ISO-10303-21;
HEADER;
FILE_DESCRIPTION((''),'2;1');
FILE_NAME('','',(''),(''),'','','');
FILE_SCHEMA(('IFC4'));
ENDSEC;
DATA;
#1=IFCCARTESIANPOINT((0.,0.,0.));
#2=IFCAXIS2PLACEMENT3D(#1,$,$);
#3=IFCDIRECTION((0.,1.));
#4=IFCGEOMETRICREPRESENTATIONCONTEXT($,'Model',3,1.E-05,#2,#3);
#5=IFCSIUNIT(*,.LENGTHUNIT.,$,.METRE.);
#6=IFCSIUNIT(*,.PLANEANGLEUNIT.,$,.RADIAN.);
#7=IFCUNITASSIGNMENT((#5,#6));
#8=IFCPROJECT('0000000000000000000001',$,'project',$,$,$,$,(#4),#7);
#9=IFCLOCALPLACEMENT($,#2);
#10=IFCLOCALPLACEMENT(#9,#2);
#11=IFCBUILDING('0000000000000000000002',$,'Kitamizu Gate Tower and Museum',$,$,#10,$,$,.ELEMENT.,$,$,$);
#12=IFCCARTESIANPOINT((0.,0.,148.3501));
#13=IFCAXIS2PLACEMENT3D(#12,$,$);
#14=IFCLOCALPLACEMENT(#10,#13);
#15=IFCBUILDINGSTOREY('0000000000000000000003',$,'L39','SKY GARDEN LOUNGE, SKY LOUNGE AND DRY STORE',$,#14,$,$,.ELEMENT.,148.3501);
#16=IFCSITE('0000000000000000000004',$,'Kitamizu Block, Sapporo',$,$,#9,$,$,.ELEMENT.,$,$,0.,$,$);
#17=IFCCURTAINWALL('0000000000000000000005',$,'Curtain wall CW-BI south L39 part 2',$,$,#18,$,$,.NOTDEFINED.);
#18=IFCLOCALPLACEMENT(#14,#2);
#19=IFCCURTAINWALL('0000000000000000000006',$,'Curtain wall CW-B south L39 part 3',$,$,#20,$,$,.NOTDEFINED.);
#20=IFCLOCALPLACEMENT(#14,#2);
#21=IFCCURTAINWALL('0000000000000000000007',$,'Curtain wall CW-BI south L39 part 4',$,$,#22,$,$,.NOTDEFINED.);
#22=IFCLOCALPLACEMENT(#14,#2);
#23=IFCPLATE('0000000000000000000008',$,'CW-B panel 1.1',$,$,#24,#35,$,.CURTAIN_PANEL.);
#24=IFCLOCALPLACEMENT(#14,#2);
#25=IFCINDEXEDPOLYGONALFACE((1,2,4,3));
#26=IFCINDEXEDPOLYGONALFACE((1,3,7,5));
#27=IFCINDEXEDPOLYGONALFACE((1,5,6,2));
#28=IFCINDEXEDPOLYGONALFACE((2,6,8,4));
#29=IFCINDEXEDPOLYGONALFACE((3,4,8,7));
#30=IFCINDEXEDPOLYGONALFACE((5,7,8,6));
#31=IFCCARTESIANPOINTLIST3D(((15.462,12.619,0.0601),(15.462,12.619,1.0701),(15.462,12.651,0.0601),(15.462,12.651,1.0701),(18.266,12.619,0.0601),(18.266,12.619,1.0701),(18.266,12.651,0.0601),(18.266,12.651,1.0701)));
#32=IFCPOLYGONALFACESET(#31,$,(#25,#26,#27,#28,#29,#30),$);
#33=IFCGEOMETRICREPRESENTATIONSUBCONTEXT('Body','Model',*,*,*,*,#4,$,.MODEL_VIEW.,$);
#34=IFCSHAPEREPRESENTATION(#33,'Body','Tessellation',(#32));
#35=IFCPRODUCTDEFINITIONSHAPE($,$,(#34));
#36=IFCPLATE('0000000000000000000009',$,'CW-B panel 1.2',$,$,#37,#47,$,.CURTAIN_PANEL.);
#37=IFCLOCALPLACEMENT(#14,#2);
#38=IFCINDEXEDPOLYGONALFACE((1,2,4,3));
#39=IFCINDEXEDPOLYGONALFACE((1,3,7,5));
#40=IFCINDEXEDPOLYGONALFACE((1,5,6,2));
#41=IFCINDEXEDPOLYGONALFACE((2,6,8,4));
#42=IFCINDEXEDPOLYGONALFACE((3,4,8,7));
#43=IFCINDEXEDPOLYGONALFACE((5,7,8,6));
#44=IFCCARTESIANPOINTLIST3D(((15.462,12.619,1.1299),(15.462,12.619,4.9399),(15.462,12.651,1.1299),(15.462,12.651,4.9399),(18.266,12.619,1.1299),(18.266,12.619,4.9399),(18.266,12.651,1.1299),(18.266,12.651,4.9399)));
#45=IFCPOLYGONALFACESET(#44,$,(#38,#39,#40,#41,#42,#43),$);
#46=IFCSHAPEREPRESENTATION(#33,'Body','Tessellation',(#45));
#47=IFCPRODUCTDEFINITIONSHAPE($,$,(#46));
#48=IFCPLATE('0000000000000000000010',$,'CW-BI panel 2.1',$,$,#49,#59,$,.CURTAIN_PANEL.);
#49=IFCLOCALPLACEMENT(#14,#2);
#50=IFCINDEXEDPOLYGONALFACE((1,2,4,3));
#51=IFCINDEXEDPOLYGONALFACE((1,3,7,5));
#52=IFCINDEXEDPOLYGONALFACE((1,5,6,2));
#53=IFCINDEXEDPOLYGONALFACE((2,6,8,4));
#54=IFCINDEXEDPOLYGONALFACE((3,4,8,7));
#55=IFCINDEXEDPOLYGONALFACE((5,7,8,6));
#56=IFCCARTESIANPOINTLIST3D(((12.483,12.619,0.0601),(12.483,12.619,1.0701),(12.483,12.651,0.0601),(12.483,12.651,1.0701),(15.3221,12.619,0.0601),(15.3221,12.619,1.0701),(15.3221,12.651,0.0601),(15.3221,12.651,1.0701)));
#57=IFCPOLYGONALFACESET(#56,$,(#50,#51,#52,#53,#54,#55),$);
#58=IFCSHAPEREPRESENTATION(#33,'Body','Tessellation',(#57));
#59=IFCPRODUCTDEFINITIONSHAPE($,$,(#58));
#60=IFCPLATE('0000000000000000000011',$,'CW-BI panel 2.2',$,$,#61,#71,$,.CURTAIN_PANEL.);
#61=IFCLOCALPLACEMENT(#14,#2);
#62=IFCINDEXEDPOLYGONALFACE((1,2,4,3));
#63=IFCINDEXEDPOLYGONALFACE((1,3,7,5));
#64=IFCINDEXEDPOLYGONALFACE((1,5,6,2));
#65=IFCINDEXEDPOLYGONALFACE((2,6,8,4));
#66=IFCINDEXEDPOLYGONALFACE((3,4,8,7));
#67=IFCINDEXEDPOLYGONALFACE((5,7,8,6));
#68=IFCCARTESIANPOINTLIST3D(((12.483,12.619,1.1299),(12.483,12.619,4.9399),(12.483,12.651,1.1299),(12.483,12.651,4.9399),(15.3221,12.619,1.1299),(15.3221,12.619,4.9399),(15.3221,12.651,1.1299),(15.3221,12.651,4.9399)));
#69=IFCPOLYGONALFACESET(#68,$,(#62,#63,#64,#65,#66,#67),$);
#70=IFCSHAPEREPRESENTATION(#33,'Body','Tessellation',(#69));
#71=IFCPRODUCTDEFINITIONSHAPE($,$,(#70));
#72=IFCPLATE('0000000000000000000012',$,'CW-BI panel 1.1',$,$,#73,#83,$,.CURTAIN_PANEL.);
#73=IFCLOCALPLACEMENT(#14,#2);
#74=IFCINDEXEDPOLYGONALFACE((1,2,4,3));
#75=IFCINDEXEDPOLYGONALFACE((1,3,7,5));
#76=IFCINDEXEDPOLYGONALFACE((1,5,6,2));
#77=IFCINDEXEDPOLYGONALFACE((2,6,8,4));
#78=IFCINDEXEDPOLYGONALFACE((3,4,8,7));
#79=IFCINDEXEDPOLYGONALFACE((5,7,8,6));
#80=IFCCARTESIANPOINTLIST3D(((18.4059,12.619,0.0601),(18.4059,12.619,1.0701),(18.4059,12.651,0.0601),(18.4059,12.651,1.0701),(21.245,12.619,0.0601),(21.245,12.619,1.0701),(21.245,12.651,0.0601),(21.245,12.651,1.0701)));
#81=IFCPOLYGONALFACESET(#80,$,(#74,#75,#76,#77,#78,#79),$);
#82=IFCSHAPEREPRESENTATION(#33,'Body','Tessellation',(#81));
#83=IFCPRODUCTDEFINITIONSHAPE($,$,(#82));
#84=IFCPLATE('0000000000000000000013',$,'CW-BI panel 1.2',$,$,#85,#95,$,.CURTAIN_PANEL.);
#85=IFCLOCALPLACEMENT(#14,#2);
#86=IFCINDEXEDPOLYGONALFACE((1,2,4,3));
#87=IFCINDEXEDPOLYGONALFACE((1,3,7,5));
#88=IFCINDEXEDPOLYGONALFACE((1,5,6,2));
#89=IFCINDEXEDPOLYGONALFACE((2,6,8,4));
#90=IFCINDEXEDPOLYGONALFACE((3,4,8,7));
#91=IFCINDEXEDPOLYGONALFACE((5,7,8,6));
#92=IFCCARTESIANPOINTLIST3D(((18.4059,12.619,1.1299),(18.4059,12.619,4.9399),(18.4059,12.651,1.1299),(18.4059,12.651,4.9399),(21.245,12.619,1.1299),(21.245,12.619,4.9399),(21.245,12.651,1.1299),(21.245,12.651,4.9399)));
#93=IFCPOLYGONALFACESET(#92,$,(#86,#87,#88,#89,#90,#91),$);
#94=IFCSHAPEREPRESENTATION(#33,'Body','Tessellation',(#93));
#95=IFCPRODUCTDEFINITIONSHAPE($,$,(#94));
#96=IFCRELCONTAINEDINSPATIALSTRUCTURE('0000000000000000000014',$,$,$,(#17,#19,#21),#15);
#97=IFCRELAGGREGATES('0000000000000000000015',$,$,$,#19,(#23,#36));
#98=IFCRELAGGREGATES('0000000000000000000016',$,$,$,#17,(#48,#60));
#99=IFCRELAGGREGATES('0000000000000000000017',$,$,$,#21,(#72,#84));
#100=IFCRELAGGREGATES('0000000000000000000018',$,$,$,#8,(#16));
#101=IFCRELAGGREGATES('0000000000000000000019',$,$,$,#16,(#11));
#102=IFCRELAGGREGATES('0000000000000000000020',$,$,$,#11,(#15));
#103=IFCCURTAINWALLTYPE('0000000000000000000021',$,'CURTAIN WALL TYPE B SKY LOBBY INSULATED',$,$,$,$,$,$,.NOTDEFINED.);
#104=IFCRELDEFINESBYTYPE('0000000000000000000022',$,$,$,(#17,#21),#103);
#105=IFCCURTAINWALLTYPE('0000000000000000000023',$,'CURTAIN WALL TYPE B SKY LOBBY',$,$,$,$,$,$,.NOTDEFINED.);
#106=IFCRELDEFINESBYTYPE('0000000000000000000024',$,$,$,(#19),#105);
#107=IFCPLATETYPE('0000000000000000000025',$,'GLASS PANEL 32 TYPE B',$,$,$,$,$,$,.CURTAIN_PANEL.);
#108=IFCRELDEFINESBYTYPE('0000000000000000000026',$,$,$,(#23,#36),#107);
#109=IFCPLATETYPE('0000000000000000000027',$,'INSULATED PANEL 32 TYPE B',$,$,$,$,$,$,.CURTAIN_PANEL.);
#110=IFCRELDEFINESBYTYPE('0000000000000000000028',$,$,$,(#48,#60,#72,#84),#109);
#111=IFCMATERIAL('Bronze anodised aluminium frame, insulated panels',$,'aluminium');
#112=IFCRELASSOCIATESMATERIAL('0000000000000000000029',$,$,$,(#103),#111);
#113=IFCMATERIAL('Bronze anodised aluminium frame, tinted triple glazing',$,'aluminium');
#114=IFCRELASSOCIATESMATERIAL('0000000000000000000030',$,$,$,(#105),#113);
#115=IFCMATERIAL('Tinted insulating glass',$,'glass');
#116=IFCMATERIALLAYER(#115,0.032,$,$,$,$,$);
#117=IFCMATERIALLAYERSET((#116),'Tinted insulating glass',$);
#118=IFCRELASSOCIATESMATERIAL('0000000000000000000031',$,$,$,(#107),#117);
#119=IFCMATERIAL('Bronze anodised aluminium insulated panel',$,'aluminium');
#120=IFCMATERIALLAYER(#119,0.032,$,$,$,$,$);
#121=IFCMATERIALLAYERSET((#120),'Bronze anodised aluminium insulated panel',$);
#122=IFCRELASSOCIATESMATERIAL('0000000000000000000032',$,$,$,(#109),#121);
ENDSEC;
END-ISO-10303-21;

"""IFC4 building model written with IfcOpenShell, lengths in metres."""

from ifc_helpers import new_model, si_unit, direction, frame, origin, origin_2d, place, context, subcontext, project, spatial, rectangle, extrude, material, layer, layer_set, type_object, element, aggregate, save


model = new_model("IFC4")

# Units and contexts
model_context = context("Model", 3, precision=1e-05, world=origin(), true_north=direction((0.0, 1.0)))
body_context = subcontext(model_context, "Body", "Model", "MODEL_VIEW")
ifc_project = project(units=[si_unit("LENGTHUNIT", "METRE"), si_unit("PLANEANGLEUNIT", "RADIAN")], contexts=[model_context])

# Site, building, storey
site_placement = place(None, origin())
site = spatial("IfcSite", under=ifc_project, at=site_placement, Name="Kitamizu Block, Sapporo", CompositionType="ELEMENT", RefElevation=0.0)
building_placement = place(site_placement, origin())
building = spatial("IfcBuilding", under=site, at=building_placement, Name="Kitamizu Gate Tower and Museum", CompositionType="ELEMENT")
storey_placement = place(building_placement, frame((0.0, 0.0, 148.3501)))
storey = spatial("IfcBuildingStorey", under=building, at=storey_placement, Name="L39", Description="SKY GARDEN LOUNGE, SKY LOUNGE AND DRY STORE", CompositionType="ELEMENT", Elevation=148.3501)

# Curtain wall
ifc_material_1 = material(Name="Bronze anodised aluminium frame, insulated panels", Category="aluminium")
curtain_wall_type_1 = type_object("IfcCurtainWallType", Name="CURTAIN WALL TYPE B SKY LOBBY INSULATED", PredefinedType="NOTDEFINED", material=ifc_material_1)
curtain_wall_1_placement = place(storey_placement, origin())
curtain_wall_1 = element("IfcCurtainWall", 1, at=curtain_wall_1_placement, inside=storey, type_object=curtain_wall_type_1, Name="Curtain wall CW-BI south L39 part 2", PredefinedType="NOTDEFINED")

# Curtain wall
ifc_material_2 = material(Name="Bronze anodised aluminium frame, tinted triple glazing", Category="aluminium")
curtain_wall_type_2 = type_object("IfcCurtainWallType", Name="CURTAIN WALL TYPE B SKY LOBBY", PredefinedType="NOTDEFINED", material=ifc_material_2)
curtain_wall_2_placement = place(storey_placement, origin())
curtain_wall_2 = element("IfcCurtainWall", 2, at=curtain_wall_2_placement, inside=storey, type_object=curtain_wall_type_2, Name="Curtain wall CW-B south L39 part 3", PredefinedType="NOTDEFINED")

# Curtain wall
curtain_wall_3_placement = place(storey_placement, origin())
curtain_wall_3 = element("IfcCurtainWall", 3, at=curtain_wall_3_placement, inside=storey, type_object=curtain_wall_type_1, Name="Curtain wall CW-BI south L39 part 4", PredefinedType="NOTDEFINED")

# Plates
ifc_material_3 = material(Name="Tinted insulating glass", Category="glass")
ifc_layer_1 = layer(ifc_material_3, 0.032)
ifc_layer_set_1 = layer_set([ifc_layer_1], Name="Tinted insulating glass")
plate_type_1 = type_object("IfcPlateType", Name="GLASS PANEL 32 TYPE B", PredefinedType="CURTAIN_PANEL", material=ifc_layer_set_1)
plate_1_placement = place(storey_placement, frame((16.864, 12.635, 0.0601), z_axis=(0.0, 0.0, 1.0), x_axis=(1.0, 0.0, 0.0)))
plate_1 = element("IfcPlate", 4, at=plate_1_placement, type_object=plate_type_1, Name="CW-B panel 1.1", PredefinedType="CURTAIN_PANEL", context=body_context, shape_type="SweptSolid", body=[
    extrude(rectangle(XDim=2.804, YDim=0.032, at=origin_2d()), origin(), (0.0, 0.0, 1.0), 1.01),
])
plate_2_placement = place(storey_placement, frame((16.864, 12.635, 1.1299), z_axis=(0.0, 0.0, 1.0), x_axis=(1.0, 0.0, 0.0)))
plate_2 = element("IfcPlate", 5, at=plate_2_placement, type_object=plate_type_1, Name="CW-B panel 1.2", PredefinedType="CURTAIN_PANEL", context=body_context, shape_type="SweptSolid", body=[
    extrude(rectangle(XDim=2.804, YDim=0.032, at=origin_2d()), origin(), (0.0, 0.0, 1.0), 3.8101),
])
aggregate(curtain_wall_2, [plate_1, plate_2])
ifc_material_4 = material(Name="Bronze anodised aluminium insulated panel", Category="aluminium")
ifc_layer_2 = layer(ifc_material_4, 0.032)
ifc_layer_set_2 = layer_set([ifc_layer_2], Name="Bronze anodised aluminium insulated panel")
plate_type_2 = type_object("IfcPlateType", Name="INSULATED PANEL 32 TYPE B", PredefinedType="CURTAIN_PANEL", material=ifc_layer_set_2)
plate_3_placement = place(storey_placement, frame((13.9026, 12.635, 0.0601), z_axis=(0.0, 0.0, 1.0), x_axis=(1.0, 0.0, 0.0)))
plate_3 = element("IfcPlate", 6, at=plate_3_placement, type_object=plate_type_2, Name="CW-BI panel 2.1", PredefinedType="CURTAIN_PANEL", context=body_context, shape_type="SweptSolid", body=[
    extrude(rectangle(XDim=2.8391, YDim=0.032, at=origin_2d()), origin(), (0.0, 0.0, 1.0), 1.01),
])
plate_4_placement = place(storey_placement, frame((13.9026, 12.635, 1.1299), z_axis=(0.0, 0.0, 1.0), x_axis=(1.0, 0.0, 0.0)))
plate_4 = element("IfcPlate", 7, at=plate_4_placement, type_object=plate_type_2, Name="CW-BI panel 2.2", PredefinedType="CURTAIN_PANEL", context=body_context, shape_type="SweptSolid", body=[
    extrude(rectangle(XDim=2.8391, YDim=0.032, at=origin_2d()), origin(), (0.0, 0.0, 1.0), 3.8101),
])
aggregate(curtain_wall_1, [plate_3, plate_4])
plate_5_placement = place(storey_placement, frame((19.8254, 12.635, 0.0601), z_axis=(0.0, 0.0, 1.0), x_axis=(1.0, 0.0, 0.0)))
plate_5 = element("IfcPlate", 8, at=plate_5_placement, type_object=plate_type_2, Name="CW-BI panel 1.1", PredefinedType="CURTAIN_PANEL", context=body_context, shape_type="SweptSolid", body=[
    extrude(rectangle(XDim=2.8391, YDim=0.032, at=origin_2d()), origin(), (0.0, 0.0, 1.0), 1.01),
])
plate_6_placement = place(storey_placement, frame((19.8254, 12.635, 1.1299), z_axis=(0.0, 0.0, 1.0), x_axis=(1.0, 0.0, 0.0)))
plate_6 = element("IfcPlate", 9, at=plate_6_placement, type_object=plate_type_2, Name="CW-BI panel 1.2", PredefinedType="CURTAIN_PANEL", context=body_context, shape_type="SweptSolid", body=[
    extrude(rectangle(XDim=2.8391, YDim=0.032, at=origin_2d()), origin(), (0.0, 0.0, 1.0), 3.8101),
])
aggregate(curtain_wall_3, [plate_5, plate_6])

save(model, "model.ifc")
